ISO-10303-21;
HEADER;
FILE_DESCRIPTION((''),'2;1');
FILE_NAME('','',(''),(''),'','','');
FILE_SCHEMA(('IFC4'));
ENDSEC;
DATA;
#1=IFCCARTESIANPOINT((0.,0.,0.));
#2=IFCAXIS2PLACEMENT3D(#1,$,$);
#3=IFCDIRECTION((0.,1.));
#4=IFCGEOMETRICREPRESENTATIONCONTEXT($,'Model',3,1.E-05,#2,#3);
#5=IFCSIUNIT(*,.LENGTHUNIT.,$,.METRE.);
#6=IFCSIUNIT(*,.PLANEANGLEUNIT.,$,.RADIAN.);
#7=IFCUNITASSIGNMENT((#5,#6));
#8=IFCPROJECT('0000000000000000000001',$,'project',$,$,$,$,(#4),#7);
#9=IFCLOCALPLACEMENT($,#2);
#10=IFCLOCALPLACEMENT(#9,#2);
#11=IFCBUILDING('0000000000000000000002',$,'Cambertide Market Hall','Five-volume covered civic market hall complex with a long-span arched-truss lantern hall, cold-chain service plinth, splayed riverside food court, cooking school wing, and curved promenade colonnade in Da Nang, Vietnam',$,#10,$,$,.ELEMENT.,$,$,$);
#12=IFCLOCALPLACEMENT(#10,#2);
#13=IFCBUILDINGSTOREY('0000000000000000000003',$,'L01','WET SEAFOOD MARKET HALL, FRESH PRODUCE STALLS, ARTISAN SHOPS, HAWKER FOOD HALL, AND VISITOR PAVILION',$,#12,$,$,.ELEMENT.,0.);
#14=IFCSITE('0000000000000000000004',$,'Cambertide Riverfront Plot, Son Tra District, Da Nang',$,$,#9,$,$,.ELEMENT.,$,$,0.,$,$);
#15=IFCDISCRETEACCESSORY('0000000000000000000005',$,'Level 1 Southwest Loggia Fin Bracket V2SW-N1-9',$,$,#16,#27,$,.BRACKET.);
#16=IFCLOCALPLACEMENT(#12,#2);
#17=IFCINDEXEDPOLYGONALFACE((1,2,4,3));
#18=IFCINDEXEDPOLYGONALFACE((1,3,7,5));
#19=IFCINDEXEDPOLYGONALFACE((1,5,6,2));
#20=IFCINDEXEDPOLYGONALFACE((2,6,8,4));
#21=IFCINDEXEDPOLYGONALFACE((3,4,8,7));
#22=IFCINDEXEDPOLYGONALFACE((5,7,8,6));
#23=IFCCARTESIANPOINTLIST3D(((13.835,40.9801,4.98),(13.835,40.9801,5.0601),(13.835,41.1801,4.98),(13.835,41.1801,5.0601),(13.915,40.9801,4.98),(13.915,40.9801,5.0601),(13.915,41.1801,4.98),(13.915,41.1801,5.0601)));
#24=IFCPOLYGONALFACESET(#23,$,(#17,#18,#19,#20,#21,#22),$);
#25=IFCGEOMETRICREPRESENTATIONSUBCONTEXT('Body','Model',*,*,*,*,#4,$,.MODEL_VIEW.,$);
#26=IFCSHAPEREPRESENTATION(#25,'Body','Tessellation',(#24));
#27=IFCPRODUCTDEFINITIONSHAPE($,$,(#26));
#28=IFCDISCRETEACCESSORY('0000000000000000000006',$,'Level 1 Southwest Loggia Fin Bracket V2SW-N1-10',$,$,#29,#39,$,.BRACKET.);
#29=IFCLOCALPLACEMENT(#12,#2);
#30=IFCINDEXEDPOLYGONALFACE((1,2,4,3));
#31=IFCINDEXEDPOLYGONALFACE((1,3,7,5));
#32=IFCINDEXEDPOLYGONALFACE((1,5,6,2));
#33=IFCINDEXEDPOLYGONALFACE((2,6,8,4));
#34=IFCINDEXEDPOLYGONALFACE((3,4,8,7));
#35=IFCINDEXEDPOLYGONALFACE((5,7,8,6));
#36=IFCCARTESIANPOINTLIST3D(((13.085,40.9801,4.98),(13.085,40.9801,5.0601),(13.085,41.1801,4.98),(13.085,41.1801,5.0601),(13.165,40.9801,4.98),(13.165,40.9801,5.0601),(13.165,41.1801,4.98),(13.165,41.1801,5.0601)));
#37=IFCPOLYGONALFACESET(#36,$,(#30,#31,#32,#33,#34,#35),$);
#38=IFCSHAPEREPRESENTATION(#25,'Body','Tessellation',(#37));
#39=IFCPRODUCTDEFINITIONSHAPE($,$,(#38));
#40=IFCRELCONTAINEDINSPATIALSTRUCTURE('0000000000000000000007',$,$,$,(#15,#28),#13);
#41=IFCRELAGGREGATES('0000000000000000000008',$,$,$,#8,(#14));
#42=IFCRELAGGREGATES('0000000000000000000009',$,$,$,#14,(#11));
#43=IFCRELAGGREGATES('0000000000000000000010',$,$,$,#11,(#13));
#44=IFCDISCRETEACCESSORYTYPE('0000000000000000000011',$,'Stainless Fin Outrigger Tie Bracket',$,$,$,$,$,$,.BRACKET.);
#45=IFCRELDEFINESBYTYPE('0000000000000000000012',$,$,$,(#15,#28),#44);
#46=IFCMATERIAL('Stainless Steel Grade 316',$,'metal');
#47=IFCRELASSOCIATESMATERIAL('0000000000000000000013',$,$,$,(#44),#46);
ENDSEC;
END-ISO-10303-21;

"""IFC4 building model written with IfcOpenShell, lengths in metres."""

from ifc_helpers import new_model, si_unit, direction, frame, origin, origin_2d, place, context, subcontext, project, spatial, rectangle, extrude, material, type_object, element, save


model = new_model("IFC4")

# Units and contexts
model_context = context("Model", 3, precision=1e-05, world=origin(), true_north=direction((0.0, 1.0)))
body_context = subcontext(model_context, "Body", "Model", "MODEL_VIEW")
ifc_project = project(units=[si_unit("LENGTHUNIT", "METRE"), si_unit("PLANEANGLEUNIT", "RADIAN")], contexts=[model_context])

# Site, building, storey
site_placement = place(None, origin())
site = spatial("IfcSite", under=ifc_project, at=site_placement, Name="Cambertide Riverfront Plot, Son Tra District, Da Nang", CompositionType="ELEMENT", RefElevation=0.0)
building_placement = place(site_placement, origin())
building = spatial("IfcBuilding", under=site, at=building_placement, Name="Cambertide Market Hall", Description="Five-volume covered civic market hall complex with a long-span arched-truss lantern hall, cold-chain service plinth, splayed riverside food court, cooking school wing, and curved promenade colonnade in Da Nang, Vietnam", CompositionType="ELEMENT")
storey_placement = place(building_placement, origin())
storey = spatial("IfcBuildingStorey", under=building, at=storey_placement, Name="L01", Description="WET SEAFOOD MARKET HALL, FRESH PRODUCE STALLS, ARTISAN SHOPS, HAWKER FOOD HALL, AND VISITOR PAVILION", CompositionType="ELEMENT", Elevation=0.0)

# Discrete accessories
ifc_material_1 = material(Name="Stainless Steel Grade 316", Category="metal")
discrete_accessory_type = type_object("IfcDiscreteAccessoryType", Name="Stainless Fin Outrigger Tie Bracket", PredefinedType="BRACKET", material=ifc_material_1)
for number, where, z_axis, x_axis, name in (
    (1, (13.875, 41.0801, 4.98), (0.0, 0.0, 1.0), (-1.0, 0.0, 0.0), "Level 1 Southwest Loggia Fin Bracket V2SW-N1-9"),
    (2, (13.125, 41.0801, 4.98), (0.0, 0.0, 1.0), (-1.0, 0.0, 0.0), "Level 1 Southwest Loggia Fin Bracket V2SW-N1-10"),
):
    element("IfcDiscreteAccessory", number, at=place(storey_placement, frame(where, z_axis=z_axis, x_axis=x_axis)), inside=storey, type_object=discrete_accessory_type, Name=name, PredefinedType="BRACKET", context=body_context, shape_type="SweptSolid", body=[
        extrude(rectangle(XDim=0.0801, YDim=0.2, at=origin_2d()), origin(), (0.0, 0.0, 1.0), 0.0801),
    ])

save(model, "model.ifc")
